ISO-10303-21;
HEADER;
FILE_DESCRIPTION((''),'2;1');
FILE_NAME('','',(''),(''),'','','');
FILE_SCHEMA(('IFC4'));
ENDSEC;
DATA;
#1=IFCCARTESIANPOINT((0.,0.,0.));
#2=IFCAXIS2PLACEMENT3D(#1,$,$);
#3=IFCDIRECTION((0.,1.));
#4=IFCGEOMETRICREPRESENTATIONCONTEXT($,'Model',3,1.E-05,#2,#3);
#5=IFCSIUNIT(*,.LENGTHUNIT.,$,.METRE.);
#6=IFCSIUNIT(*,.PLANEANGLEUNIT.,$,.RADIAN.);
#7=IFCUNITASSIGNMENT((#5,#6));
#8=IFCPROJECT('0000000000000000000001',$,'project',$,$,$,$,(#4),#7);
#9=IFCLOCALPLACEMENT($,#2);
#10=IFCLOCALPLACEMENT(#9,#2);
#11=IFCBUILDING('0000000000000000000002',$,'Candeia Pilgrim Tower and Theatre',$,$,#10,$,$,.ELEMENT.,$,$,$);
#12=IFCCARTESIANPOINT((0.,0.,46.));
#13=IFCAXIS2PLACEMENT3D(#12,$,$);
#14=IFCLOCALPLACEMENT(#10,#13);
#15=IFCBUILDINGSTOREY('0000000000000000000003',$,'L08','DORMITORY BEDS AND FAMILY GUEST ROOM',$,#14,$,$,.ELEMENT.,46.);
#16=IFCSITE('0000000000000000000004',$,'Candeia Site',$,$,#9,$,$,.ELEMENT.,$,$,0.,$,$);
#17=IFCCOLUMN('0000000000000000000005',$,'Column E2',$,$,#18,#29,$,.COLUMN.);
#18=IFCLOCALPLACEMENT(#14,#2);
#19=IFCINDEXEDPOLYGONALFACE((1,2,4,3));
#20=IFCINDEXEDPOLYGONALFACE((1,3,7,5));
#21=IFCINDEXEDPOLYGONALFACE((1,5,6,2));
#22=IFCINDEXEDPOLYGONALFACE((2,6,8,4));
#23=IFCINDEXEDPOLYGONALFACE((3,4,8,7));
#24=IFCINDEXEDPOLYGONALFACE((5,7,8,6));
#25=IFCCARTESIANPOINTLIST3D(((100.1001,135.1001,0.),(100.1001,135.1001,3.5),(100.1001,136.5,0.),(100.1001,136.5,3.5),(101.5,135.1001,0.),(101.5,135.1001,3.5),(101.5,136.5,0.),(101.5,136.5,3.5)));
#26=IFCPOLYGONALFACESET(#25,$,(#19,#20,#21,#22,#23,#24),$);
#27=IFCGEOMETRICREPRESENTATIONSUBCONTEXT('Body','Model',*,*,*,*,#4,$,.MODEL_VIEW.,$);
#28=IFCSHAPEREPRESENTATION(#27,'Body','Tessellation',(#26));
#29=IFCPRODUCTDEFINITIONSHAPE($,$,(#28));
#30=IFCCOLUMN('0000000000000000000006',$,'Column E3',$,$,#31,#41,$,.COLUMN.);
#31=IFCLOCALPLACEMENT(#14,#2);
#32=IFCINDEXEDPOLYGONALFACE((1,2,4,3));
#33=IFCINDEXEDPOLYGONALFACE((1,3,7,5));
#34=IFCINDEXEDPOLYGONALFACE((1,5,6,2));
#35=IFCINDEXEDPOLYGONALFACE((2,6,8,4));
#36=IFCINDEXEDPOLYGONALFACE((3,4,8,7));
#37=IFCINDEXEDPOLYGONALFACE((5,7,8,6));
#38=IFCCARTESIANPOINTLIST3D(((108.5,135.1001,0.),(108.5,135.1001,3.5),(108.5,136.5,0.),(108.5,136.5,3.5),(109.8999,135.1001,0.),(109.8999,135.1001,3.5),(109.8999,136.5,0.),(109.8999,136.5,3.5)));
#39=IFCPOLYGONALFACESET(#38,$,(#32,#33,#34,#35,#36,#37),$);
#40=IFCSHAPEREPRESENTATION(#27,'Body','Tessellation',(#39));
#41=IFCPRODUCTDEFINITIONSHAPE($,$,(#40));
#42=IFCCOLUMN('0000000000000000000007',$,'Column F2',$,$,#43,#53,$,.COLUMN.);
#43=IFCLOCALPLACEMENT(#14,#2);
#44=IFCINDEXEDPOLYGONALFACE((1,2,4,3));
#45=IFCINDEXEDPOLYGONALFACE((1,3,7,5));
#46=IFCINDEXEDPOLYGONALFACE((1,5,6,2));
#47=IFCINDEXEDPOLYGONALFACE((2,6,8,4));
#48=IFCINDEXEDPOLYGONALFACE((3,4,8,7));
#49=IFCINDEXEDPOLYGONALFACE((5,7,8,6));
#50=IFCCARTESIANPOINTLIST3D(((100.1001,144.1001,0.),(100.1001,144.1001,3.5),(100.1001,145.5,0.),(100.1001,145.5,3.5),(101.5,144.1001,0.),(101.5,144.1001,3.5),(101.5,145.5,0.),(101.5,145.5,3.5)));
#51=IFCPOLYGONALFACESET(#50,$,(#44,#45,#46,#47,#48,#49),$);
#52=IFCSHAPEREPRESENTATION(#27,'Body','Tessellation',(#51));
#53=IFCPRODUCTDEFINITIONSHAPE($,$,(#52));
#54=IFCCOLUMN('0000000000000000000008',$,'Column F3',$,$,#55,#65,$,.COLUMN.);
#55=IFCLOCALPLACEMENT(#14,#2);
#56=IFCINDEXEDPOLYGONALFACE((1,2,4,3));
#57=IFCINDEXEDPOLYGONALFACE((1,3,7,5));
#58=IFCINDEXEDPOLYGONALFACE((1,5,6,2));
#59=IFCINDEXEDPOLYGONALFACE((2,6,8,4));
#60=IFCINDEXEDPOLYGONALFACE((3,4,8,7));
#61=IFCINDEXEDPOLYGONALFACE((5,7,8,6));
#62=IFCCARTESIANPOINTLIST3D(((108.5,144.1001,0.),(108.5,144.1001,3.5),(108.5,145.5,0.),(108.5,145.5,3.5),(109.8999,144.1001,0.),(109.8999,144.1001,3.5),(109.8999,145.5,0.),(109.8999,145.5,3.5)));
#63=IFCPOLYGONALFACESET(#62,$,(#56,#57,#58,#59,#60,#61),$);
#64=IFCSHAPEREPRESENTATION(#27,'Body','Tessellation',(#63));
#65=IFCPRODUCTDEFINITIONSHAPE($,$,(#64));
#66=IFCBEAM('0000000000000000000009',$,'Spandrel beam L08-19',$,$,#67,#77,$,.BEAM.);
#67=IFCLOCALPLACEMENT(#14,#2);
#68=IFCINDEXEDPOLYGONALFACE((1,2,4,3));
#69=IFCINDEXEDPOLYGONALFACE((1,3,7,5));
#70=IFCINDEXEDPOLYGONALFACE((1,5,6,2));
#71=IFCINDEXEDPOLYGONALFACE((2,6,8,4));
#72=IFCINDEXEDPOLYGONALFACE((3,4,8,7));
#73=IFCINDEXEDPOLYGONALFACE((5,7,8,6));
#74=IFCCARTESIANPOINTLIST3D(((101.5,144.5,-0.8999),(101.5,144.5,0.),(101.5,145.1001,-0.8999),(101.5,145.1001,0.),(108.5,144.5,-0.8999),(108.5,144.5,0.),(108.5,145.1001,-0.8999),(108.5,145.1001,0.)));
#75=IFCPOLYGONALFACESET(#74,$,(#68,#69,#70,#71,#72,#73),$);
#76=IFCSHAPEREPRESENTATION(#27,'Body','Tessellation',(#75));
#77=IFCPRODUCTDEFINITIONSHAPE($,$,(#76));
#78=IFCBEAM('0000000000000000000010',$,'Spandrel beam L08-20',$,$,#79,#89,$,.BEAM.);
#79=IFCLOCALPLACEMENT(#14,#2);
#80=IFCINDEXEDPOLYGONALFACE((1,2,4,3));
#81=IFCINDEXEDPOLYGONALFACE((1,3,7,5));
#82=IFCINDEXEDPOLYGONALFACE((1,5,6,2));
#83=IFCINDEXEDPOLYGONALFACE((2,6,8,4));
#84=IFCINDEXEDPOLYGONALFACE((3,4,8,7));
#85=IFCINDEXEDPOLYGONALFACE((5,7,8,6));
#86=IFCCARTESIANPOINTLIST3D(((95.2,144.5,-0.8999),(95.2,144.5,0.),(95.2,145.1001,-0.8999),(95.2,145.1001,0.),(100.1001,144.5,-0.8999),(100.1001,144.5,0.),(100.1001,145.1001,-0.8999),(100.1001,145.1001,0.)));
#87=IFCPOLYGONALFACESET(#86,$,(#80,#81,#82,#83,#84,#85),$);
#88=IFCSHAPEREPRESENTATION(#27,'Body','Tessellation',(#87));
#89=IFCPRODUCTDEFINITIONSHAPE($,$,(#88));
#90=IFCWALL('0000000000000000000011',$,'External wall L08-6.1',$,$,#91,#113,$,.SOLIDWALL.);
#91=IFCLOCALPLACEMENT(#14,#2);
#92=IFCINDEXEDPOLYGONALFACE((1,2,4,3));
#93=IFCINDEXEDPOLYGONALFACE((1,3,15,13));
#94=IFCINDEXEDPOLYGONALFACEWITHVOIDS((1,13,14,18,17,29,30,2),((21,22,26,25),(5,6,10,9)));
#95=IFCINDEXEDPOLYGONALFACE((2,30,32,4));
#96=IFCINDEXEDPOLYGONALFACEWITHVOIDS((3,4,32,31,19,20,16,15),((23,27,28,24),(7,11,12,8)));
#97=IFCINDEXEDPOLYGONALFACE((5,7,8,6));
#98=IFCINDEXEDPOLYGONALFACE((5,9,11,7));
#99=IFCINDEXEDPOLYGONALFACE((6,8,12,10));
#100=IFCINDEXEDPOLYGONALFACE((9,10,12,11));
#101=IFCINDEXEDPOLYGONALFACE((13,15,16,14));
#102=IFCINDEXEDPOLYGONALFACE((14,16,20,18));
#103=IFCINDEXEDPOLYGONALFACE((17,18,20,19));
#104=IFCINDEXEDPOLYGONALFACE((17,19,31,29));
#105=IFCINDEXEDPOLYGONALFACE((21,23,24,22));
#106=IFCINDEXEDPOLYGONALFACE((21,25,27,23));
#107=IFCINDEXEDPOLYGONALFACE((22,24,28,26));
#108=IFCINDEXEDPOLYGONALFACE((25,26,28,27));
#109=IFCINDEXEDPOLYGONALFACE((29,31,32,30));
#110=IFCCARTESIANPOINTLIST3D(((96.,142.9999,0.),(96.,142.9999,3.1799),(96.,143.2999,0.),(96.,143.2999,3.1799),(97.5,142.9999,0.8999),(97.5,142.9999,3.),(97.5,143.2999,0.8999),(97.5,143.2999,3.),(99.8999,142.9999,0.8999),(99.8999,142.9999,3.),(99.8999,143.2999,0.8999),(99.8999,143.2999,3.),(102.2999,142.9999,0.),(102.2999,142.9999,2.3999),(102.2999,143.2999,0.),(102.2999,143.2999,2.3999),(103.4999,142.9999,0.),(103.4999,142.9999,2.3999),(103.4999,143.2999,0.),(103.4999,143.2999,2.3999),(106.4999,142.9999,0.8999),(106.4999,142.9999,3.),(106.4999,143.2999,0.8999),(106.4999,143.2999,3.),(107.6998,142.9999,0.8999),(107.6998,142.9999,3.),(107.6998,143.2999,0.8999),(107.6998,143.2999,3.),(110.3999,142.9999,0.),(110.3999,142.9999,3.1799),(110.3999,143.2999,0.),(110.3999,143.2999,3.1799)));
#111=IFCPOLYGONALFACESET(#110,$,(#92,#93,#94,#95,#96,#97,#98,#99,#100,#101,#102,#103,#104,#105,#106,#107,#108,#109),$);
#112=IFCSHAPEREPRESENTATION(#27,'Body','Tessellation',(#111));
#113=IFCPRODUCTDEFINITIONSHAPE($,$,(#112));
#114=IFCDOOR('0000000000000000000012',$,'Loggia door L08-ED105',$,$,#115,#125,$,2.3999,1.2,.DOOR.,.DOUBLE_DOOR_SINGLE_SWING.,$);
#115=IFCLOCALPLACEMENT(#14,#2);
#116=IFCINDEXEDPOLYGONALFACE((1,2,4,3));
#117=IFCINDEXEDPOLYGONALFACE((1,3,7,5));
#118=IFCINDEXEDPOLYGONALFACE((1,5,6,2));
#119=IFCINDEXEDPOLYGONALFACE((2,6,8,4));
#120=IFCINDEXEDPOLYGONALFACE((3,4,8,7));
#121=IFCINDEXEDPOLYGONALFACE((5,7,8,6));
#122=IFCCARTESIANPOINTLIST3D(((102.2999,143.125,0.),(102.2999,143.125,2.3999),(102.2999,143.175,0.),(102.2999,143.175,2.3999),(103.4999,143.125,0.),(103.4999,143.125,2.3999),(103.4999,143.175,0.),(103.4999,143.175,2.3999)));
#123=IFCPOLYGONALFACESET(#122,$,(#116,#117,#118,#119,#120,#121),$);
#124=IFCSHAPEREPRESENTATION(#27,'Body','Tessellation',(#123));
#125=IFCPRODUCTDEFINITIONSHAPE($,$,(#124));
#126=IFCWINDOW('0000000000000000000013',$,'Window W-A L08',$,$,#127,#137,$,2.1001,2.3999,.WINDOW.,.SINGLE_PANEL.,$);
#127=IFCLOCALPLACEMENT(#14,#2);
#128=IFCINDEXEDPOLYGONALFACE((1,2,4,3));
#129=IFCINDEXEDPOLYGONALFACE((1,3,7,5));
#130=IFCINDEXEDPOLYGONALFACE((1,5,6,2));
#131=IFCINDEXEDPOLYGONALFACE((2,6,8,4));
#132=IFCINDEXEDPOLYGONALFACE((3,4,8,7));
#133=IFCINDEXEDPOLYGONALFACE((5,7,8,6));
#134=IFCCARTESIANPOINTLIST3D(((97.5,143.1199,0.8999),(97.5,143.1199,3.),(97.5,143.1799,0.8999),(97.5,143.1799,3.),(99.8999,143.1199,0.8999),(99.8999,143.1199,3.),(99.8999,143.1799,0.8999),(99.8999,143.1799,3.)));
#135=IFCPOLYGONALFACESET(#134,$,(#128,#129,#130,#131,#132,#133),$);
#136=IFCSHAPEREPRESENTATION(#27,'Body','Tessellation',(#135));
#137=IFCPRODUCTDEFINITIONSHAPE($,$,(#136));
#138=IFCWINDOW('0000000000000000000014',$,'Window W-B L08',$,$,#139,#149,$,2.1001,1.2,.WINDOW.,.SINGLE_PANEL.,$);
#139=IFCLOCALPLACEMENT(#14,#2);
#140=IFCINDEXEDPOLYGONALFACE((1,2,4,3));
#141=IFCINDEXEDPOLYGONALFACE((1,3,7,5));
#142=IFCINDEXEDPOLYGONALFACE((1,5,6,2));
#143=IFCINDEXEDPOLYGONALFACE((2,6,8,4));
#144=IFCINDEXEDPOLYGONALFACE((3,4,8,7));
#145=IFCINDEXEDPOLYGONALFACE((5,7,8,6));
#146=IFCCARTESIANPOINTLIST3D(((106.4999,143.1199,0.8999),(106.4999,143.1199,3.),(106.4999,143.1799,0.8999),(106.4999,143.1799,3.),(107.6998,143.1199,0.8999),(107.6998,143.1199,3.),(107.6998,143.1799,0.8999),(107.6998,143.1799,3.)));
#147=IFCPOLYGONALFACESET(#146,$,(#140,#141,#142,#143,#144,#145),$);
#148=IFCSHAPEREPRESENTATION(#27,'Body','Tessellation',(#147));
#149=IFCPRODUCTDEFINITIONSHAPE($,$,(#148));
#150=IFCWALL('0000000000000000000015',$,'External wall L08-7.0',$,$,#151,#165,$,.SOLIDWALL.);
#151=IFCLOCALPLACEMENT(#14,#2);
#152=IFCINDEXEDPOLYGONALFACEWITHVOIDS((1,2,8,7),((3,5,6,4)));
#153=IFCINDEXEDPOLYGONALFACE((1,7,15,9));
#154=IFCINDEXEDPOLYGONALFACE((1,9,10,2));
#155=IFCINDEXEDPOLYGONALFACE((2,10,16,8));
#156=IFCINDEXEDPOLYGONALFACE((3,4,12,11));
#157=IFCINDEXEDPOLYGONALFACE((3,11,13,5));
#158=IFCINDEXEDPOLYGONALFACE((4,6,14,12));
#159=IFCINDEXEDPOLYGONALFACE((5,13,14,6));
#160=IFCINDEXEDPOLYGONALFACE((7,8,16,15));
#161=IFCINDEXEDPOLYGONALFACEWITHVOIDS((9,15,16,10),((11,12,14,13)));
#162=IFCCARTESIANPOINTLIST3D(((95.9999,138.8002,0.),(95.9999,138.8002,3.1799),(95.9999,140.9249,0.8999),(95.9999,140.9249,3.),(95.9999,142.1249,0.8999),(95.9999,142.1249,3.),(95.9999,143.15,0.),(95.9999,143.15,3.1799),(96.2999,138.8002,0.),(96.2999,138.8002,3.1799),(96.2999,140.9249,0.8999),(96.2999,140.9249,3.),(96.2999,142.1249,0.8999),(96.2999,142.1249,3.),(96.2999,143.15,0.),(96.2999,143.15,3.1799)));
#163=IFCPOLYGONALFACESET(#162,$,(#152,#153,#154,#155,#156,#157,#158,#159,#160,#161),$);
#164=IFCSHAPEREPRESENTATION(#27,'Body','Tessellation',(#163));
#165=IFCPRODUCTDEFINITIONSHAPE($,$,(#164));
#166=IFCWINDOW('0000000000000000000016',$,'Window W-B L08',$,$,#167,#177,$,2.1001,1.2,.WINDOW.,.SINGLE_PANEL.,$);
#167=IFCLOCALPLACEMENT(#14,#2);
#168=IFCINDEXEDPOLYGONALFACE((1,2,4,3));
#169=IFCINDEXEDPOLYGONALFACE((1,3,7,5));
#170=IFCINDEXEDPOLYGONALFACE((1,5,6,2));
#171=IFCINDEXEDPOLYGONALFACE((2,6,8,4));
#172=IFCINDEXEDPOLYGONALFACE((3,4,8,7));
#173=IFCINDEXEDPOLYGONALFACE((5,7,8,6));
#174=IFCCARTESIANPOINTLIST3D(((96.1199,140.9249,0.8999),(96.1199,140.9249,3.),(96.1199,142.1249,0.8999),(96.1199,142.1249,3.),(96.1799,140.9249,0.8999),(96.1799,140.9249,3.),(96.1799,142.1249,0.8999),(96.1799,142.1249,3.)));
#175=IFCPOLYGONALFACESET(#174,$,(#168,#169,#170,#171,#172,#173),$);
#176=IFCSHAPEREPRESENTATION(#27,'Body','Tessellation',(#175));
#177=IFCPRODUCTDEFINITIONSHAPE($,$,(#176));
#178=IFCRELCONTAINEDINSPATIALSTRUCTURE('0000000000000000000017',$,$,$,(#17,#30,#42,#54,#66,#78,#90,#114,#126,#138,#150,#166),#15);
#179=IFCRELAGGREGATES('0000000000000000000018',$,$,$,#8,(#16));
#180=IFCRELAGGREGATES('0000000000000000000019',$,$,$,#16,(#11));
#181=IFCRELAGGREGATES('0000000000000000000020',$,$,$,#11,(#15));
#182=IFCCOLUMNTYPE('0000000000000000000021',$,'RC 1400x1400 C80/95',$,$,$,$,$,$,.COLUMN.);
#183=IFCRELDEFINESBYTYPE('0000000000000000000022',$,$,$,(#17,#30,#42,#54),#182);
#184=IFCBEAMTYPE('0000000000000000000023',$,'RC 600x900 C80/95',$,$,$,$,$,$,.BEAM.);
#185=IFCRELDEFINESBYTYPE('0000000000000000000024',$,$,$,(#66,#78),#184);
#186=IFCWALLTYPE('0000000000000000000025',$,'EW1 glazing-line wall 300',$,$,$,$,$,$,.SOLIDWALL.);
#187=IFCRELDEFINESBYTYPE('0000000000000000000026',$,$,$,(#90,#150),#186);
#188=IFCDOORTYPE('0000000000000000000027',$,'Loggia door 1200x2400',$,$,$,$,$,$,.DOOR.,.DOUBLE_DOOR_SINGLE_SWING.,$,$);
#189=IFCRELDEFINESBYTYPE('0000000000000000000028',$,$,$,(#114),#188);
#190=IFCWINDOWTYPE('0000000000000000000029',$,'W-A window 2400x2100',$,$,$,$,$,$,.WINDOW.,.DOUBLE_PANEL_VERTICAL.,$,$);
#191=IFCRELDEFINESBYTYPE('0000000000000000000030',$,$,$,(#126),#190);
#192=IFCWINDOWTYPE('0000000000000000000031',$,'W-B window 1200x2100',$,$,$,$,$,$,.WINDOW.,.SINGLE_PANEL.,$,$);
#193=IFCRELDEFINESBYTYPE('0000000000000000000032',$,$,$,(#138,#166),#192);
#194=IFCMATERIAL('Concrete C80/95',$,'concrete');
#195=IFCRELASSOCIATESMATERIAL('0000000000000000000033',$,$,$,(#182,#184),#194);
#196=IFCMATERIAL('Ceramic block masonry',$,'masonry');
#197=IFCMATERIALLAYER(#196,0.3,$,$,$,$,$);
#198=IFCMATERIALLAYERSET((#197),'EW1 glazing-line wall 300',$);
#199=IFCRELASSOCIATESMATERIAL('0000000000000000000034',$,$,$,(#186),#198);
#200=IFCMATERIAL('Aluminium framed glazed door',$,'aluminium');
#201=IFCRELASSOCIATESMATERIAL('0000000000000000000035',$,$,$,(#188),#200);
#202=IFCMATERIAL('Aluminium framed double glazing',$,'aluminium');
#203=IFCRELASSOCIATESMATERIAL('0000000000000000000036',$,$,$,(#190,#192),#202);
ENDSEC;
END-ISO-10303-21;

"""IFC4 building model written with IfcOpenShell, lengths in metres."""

from ifc_helpers import new_model, si_unit, direction, frame, frame_2d, origin, origin_2d, place, context, subcontext, project, spatial, rectangle, extrude, material, layer, layer_set, material_profile, profile_set, type_object, element, fill, save


model = new_model("IFC4")

# Units and contexts
model_context = context("Model", 3, precision=1e-05, world=origin(), true_north=direction((0.0, 1.0)))
body_context = subcontext(model_context, "Body", "Model", "MODEL_VIEW")
ifc_project = project(units=[si_unit("LENGTHUNIT", "METRE"), si_unit("PLANEANGLEUNIT", "RADIAN")], contexts=[model_context])

# Site, building, storey
site_placement = place(None, origin())
site = spatial("IfcSite", under=ifc_project, at=site_placement, Name="Candeia Site", CompositionType="ELEMENT", RefElevation=0.0)
building_placement = place(site_placement, origin())
building = spatial("IfcBuilding", under=site, at=building_placement, Name="Candeia Pilgrim Tower and Theatre", CompositionType="ELEMENT")
storey_placement = place(building_placement, frame((0.0, 0.0, 46.0)))
storey = spatial("IfcBuildingStorey", under=building, at=storey_placement, Name="L08", Description="DORMITORY BEDS AND FAMILY GUEST ROOM", CompositionType="ELEMENT", Elevation=46.0)

# Columns
ifc_material_1 = material(Name="Concrete C80/95", Category="concrete")
ifc_material_profile_1 = material_profile(ifc_material_1, rectangle(XDim=1.3999, YDim=1.3999, at=origin_2d()))
ifc_profile_set_1 = profile_set([ifc_material_profile_1], Name="Concrete C80/95")
column_type = type_object("IfcColumnType", Name="RC 1400x1400 C80/95", PredefinedType="COLUMN", material=ifc_profile_set_1)
for number, where, z_axis, x_axis, name in (
    (1, (100.8, 135.8, 0.0), (0.0, 0.0, 1.0), (1.0, 0.0, 0.0), "Column E2"),
    (2, (109.2, 135.8, 0.0), (0.0, 0.0, 1.0), (1.0, 0.0, 0.0), "Column E3"),
    (3, (100.8, 144.8, 0.0), (0.0, 0.0, 1.0), (1.0, 0.0, 0.0), "Column F2"),
    (4, (109.2, 144.8, 0.0), (0.0, 0.0, 1.0), (1.0, 0.0, 0.0), "Column F3"),
):
    element("IfcColumn", number, at=place(storey_placement, frame(where, z_axis=z_axis, x_axis=x_axis)), inside=storey, type_object=column_type, Name=name, PredefinedType="COLUMN", context=body_context, shape_type="SweptSolid", body=[
        extrude(rectangle(XDim=1.3999, YDim=1.3999, at=origin_2d()), origin(), (0.0, 0.0, 1.0), 3.5),
    ])

# Beams
ifc_material_profile_2 = material_profile(ifc_material_1, rectangle(XDim=0.6001, YDim=0.8999, at=origin_2d()))
ifc_profile_set_2 = profile_set([ifc_material_profile_2], Name="Concrete C80/95")
beam_type = type_object("IfcBeamType", Name="RC 600x900 C80/95", PredefinedType="BEAM", material=ifc_profile_set_2)
beam_1_placement = place(storey_placement, frame((108.5, 144.8, -0.45), z_axis=(-1.0, 0.0, 0.0), x_axis=(0.0, -1.0, 0.0)))
element("IfcBeam", 5, at=beam_1_placement, inside=storey, type_object=beam_type, Name="Spandrel beam L08-19", PredefinedType="BEAM", context=body_context, shape_type="SweptSolid", body=[
    extrude(rectangle(XDim=0.6001, YDim=0.8999, at=origin_2d()), origin(), (0.0, 0.0, 1.0), 7.0),
])
beam_2_placement = place(storey_placement, frame((100.1001, 144.8, -0.45), z_axis=(-1.0, 0.0, 0.0), x_axis=(0.0, -1.0, 0.0)))
element("IfcBeam", 6, at=beam_2_placement, inside=storey, type_object=beam_type, Name="Spandrel beam L08-20", PredefinedType="BEAM", context=body_context, shape_type="SweptSolid", body=[
    extrude(rectangle(XDim=0.6001, YDim=0.8999, at=origin_2d()), origin(), (0.0, 0.0, 1.0), 4.9001),
])

# Wall, openings, door, windows
ifc_material_2 = material(Name="Ceramic block masonry", Category="masonry")
ifc_layer_1 = layer(ifc_material_2, 0.3)
ifc_layer_set_1 = layer_set([ifc_layer_1], Name="EW1 glazing-line wall 300")
wall_type_1 = type_object("IfcWallType", Name="EW1 glazing-line wall 300", PredefinedType="SOLIDWALL", material=ifc_layer_set_1)
wall_1_placement = place(storey_placement, frame((110.3999, 143.1499, 0.0), z_axis=(0.0, 0.0, 1.0), x_axis=(-1.0, 0.0, 0.0)))
wall_1 = element("IfcWall", 7, at=wall_1_placement, inside=storey, type_object=wall_type_1, Name="External wall L08-6.1", PredefinedType="SOLIDWALL", context=body_context, shape_type="SweptSolid", body=[
    extrude(rectangle(XDim=14.3999, YDim=0.3, at=frame_2d((7.2, 0.0))), origin(), (0.0, 0.0, 1.0), 3.1799),
])
opening_1_placement = place(wall_1_placement, frame((2.7, 0.0, 0.8999)))
opening_1 = element("IfcOpeningElement", 8, at=opening_1_placement, cuts=wall_1, PredefinedType="OPENING", context=body_context, shape_type="SweptSolid", body=[
    extrude(rectangle(XDim=1.2, YDim=2.1001, at=frame_2d((0.6001, 1.05))), frame((0.0, 0.1602, 0.0), z_axis=(0.0, -1.0, 0.0), x_axis=(1.0, 0.0, 0.0)), (0.0, 0.0, 1.0), 0.3201),
])
opening_2_placement = place(wall_1_placement, frame((6.8999, 0.0, 0.0)))
opening_2 = element("IfcOpeningElement", 9, at=opening_2_placement, cuts=wall_1, PredefinedType="OPENING", context=body_context, shape_type="SweptSolid", body=[
    extrude(rectangle(XDim=1.2, YDim=2.3999, at=frame_2d((0.6001, 1.2))), frame((0.0, 0.1602, 0.0), z_axis=(0.0, -1.0, 0.0), x_axis=(1.0, 0.0, 0.0)), (0.0, 0.0, 1.0), 0.3201),
])
opening_3_placement = place(wall_1_placement, frame((10.5, 0.0, 0.8999)))
opening_3 = element("IfcOpeningElement", 10, at=opening_3_placement, cuts=wall_1, PredefinedType="OPENING", context=body_context, shape_type="SweptSolid", body=[
    extrude(rectangle(XDim=2.3999, YDim=2.1001, at=frame_2d((1.2, 1.05))), frame((0.0, 0.1602, 0.0), z_axis=(0.0, -1.0, 0.0), x_axis=(1.0, 0.0, 0.0)), (0.0, 0.0, 1.0), 0.3201),
])
ifc_material_3 = material(Name="Aluminium framed glazed door", Category="aluminium")
door_type_1 = type_object("IfcDoorType", Name="Loggia door 1200x2400", OperationType="DOUBLE_DOOR_SINGLE_SWING", PredefinedType="DOOR", material=ifc_material_3)
door_1_placement = place(opening_2_placement, origin())
door_1 = element("IfcDoor", 11, at=door_1_placement, inside=storey, type_object=door_type_1, Name="Loggia door L08-ED105", OperationType="DOUBLE_DOOR_SINGLE_SWING", OverallHeight=2.3999, OverallWidth=1.2, PredefinedType="DOOR", context=body_context, shape_type="SweptSolid", body=[
    extrude(rectangle(XDim=1.2, YDim=2.3999, at=frame_2d((0.6001, 1.2))), frame((0.0, 0.0249, 0.0), z_axis=(0.0, -1.0, 0.0), x_axis=(1.0, 0.0, 0.0)), (0.0, 0.0, 1.0), 0.05),
])
fill(opening_2, door_1)
ifc_material_4 = material(Name="Aluminium framed double glazing", Category="aluminium")
window_type_1 = type_object("IfcWindowType", Name="W-A window 2400x2100", PartitioningType="DOUBLE_PANEL_VERTICAL", PredefinedType="WINDOW", material=ifc_material_4)
window_1_placement = place(opening_3_placement, origin())
window_1 = element("IfcWindow", 12, at=window_1_placement, inside=storey, type_object=window_type_1, Name="Window W-A L08", OverallHeight=2.1001, OverallWidth=2.3999, PartitioningType="SINGLE_PANEL", PredefinedType="WINDOW", context=body_context, shape_type="SweptSolid", body=[
    extrude(rectangle(XDim=2.3999, YDim=2.1001, at=frame_2d((1.2, 1.05))), frame((0.0, 0.03, 0.0), z_axis=(0.0, -1.0, 0.0), x_axis=(1.0, 0.0, 0.0)), (0.0, 0.0, 1.0), 0.0601),
])
fill(opening_3, window_1)
window_type_2 = type_object("IfcWindowType", Name="W-B window 1200x2100", PartitioningType="SINGLE_PANEL", PredefinedType="WINDOW", material=ifc_material_4)
window_2_placement = place(opening_1_placement, origin())
window_2 = element("IfcWindow", 13, at=window_2_placement, inside=storey, type_object=window_type_2, Name="Window W-B L08", OverallHeight=2.1001, OverallWidth=1.2, PartitioningType="SINGLE_PANEL", PredefinedType="WINDOW", context=body_context, shape_type="SweptSolid", body=[
    extrude(rectangle(XDim=1.2, YDim=2.1001, at=frame_2d((0.6001, 1.05))), frame((0.0, 0.03, 0.0), z_axis=(0.0, -1.0, 0.0), x_axis=(1.0, 0.0, 0.0)), (0.0, 0.0, 1.0), 0.0601),
])
fill(opening_1, window_2)

# Wall, opening, window
wall_2_placement = place(storey_placement, frame((96.1499, 143.1499, 0.0), z_axis=(0.0, 0.0, 1.0), x_axis=(0.0, -1.0, 0.0)))
wall_2 = element("IfcWall", 14, at=wall_2_placement, inside=storey, type_object=wall_type_1, Name="External wall L08-7.0", PredefinedType="SOLIDWALL", context=body_context, shape_type="SweptSolid", body=[
    extrude(rectangle(XDim=4.3499, YDim=0.3, at=frame_2d((2.1748, 0.0))), origin(), (0.0, 0.0, 1.0), 3.1799),
])
opening_4_placement = place(wall_2_placement, frame((1.0249, 0.0, 0.8999)))
opening_4 = element("IfcOpeningElement", 15, at=opening_4_placement, cuts=wall_2, PredefinedType="OPENING", context=body_context, shape_type="SweptSolid", body=[
    extrude(rectangle(XDim=1.2, YDim=2.1001, at=frame_2d((0.6001, 1.05))), frame((0.0, 0.1602, 0.0), z_axis=(0.0, -1.0, 0.0), x_axis=(1.0, 0.0, 0.0)), (0.0, 0.0, 1.0), 0.3201),
])
window_3_placement = place(opening_4_placement, origin())
window_3 = element("IfcWindow", 16, at=window_3_placement, inside=storey, type_object=window_type_2, Name="Window W-B L08", OverallHeight=2.1001, OverallWidth=1.2, PartitioningType="SINGLE_PANEL", PredefinedType="WINDOW", context=body_context, shape_type="SweptSolid", body=[
    extrude(rectangle(XDim=1.2, YDim=2.1001, at=frame_2d((0.6001, 1.05))), frame((0.0, 0.03, 0.0), z_axis=(0.0, -1.0, 0.0), x_axis=(1.0, 0.0, 0.0)), (0.0, 0.0, 1.0), 0.0601),
])
fill(opening_4, window_3)

save(model, "model.ifc")
